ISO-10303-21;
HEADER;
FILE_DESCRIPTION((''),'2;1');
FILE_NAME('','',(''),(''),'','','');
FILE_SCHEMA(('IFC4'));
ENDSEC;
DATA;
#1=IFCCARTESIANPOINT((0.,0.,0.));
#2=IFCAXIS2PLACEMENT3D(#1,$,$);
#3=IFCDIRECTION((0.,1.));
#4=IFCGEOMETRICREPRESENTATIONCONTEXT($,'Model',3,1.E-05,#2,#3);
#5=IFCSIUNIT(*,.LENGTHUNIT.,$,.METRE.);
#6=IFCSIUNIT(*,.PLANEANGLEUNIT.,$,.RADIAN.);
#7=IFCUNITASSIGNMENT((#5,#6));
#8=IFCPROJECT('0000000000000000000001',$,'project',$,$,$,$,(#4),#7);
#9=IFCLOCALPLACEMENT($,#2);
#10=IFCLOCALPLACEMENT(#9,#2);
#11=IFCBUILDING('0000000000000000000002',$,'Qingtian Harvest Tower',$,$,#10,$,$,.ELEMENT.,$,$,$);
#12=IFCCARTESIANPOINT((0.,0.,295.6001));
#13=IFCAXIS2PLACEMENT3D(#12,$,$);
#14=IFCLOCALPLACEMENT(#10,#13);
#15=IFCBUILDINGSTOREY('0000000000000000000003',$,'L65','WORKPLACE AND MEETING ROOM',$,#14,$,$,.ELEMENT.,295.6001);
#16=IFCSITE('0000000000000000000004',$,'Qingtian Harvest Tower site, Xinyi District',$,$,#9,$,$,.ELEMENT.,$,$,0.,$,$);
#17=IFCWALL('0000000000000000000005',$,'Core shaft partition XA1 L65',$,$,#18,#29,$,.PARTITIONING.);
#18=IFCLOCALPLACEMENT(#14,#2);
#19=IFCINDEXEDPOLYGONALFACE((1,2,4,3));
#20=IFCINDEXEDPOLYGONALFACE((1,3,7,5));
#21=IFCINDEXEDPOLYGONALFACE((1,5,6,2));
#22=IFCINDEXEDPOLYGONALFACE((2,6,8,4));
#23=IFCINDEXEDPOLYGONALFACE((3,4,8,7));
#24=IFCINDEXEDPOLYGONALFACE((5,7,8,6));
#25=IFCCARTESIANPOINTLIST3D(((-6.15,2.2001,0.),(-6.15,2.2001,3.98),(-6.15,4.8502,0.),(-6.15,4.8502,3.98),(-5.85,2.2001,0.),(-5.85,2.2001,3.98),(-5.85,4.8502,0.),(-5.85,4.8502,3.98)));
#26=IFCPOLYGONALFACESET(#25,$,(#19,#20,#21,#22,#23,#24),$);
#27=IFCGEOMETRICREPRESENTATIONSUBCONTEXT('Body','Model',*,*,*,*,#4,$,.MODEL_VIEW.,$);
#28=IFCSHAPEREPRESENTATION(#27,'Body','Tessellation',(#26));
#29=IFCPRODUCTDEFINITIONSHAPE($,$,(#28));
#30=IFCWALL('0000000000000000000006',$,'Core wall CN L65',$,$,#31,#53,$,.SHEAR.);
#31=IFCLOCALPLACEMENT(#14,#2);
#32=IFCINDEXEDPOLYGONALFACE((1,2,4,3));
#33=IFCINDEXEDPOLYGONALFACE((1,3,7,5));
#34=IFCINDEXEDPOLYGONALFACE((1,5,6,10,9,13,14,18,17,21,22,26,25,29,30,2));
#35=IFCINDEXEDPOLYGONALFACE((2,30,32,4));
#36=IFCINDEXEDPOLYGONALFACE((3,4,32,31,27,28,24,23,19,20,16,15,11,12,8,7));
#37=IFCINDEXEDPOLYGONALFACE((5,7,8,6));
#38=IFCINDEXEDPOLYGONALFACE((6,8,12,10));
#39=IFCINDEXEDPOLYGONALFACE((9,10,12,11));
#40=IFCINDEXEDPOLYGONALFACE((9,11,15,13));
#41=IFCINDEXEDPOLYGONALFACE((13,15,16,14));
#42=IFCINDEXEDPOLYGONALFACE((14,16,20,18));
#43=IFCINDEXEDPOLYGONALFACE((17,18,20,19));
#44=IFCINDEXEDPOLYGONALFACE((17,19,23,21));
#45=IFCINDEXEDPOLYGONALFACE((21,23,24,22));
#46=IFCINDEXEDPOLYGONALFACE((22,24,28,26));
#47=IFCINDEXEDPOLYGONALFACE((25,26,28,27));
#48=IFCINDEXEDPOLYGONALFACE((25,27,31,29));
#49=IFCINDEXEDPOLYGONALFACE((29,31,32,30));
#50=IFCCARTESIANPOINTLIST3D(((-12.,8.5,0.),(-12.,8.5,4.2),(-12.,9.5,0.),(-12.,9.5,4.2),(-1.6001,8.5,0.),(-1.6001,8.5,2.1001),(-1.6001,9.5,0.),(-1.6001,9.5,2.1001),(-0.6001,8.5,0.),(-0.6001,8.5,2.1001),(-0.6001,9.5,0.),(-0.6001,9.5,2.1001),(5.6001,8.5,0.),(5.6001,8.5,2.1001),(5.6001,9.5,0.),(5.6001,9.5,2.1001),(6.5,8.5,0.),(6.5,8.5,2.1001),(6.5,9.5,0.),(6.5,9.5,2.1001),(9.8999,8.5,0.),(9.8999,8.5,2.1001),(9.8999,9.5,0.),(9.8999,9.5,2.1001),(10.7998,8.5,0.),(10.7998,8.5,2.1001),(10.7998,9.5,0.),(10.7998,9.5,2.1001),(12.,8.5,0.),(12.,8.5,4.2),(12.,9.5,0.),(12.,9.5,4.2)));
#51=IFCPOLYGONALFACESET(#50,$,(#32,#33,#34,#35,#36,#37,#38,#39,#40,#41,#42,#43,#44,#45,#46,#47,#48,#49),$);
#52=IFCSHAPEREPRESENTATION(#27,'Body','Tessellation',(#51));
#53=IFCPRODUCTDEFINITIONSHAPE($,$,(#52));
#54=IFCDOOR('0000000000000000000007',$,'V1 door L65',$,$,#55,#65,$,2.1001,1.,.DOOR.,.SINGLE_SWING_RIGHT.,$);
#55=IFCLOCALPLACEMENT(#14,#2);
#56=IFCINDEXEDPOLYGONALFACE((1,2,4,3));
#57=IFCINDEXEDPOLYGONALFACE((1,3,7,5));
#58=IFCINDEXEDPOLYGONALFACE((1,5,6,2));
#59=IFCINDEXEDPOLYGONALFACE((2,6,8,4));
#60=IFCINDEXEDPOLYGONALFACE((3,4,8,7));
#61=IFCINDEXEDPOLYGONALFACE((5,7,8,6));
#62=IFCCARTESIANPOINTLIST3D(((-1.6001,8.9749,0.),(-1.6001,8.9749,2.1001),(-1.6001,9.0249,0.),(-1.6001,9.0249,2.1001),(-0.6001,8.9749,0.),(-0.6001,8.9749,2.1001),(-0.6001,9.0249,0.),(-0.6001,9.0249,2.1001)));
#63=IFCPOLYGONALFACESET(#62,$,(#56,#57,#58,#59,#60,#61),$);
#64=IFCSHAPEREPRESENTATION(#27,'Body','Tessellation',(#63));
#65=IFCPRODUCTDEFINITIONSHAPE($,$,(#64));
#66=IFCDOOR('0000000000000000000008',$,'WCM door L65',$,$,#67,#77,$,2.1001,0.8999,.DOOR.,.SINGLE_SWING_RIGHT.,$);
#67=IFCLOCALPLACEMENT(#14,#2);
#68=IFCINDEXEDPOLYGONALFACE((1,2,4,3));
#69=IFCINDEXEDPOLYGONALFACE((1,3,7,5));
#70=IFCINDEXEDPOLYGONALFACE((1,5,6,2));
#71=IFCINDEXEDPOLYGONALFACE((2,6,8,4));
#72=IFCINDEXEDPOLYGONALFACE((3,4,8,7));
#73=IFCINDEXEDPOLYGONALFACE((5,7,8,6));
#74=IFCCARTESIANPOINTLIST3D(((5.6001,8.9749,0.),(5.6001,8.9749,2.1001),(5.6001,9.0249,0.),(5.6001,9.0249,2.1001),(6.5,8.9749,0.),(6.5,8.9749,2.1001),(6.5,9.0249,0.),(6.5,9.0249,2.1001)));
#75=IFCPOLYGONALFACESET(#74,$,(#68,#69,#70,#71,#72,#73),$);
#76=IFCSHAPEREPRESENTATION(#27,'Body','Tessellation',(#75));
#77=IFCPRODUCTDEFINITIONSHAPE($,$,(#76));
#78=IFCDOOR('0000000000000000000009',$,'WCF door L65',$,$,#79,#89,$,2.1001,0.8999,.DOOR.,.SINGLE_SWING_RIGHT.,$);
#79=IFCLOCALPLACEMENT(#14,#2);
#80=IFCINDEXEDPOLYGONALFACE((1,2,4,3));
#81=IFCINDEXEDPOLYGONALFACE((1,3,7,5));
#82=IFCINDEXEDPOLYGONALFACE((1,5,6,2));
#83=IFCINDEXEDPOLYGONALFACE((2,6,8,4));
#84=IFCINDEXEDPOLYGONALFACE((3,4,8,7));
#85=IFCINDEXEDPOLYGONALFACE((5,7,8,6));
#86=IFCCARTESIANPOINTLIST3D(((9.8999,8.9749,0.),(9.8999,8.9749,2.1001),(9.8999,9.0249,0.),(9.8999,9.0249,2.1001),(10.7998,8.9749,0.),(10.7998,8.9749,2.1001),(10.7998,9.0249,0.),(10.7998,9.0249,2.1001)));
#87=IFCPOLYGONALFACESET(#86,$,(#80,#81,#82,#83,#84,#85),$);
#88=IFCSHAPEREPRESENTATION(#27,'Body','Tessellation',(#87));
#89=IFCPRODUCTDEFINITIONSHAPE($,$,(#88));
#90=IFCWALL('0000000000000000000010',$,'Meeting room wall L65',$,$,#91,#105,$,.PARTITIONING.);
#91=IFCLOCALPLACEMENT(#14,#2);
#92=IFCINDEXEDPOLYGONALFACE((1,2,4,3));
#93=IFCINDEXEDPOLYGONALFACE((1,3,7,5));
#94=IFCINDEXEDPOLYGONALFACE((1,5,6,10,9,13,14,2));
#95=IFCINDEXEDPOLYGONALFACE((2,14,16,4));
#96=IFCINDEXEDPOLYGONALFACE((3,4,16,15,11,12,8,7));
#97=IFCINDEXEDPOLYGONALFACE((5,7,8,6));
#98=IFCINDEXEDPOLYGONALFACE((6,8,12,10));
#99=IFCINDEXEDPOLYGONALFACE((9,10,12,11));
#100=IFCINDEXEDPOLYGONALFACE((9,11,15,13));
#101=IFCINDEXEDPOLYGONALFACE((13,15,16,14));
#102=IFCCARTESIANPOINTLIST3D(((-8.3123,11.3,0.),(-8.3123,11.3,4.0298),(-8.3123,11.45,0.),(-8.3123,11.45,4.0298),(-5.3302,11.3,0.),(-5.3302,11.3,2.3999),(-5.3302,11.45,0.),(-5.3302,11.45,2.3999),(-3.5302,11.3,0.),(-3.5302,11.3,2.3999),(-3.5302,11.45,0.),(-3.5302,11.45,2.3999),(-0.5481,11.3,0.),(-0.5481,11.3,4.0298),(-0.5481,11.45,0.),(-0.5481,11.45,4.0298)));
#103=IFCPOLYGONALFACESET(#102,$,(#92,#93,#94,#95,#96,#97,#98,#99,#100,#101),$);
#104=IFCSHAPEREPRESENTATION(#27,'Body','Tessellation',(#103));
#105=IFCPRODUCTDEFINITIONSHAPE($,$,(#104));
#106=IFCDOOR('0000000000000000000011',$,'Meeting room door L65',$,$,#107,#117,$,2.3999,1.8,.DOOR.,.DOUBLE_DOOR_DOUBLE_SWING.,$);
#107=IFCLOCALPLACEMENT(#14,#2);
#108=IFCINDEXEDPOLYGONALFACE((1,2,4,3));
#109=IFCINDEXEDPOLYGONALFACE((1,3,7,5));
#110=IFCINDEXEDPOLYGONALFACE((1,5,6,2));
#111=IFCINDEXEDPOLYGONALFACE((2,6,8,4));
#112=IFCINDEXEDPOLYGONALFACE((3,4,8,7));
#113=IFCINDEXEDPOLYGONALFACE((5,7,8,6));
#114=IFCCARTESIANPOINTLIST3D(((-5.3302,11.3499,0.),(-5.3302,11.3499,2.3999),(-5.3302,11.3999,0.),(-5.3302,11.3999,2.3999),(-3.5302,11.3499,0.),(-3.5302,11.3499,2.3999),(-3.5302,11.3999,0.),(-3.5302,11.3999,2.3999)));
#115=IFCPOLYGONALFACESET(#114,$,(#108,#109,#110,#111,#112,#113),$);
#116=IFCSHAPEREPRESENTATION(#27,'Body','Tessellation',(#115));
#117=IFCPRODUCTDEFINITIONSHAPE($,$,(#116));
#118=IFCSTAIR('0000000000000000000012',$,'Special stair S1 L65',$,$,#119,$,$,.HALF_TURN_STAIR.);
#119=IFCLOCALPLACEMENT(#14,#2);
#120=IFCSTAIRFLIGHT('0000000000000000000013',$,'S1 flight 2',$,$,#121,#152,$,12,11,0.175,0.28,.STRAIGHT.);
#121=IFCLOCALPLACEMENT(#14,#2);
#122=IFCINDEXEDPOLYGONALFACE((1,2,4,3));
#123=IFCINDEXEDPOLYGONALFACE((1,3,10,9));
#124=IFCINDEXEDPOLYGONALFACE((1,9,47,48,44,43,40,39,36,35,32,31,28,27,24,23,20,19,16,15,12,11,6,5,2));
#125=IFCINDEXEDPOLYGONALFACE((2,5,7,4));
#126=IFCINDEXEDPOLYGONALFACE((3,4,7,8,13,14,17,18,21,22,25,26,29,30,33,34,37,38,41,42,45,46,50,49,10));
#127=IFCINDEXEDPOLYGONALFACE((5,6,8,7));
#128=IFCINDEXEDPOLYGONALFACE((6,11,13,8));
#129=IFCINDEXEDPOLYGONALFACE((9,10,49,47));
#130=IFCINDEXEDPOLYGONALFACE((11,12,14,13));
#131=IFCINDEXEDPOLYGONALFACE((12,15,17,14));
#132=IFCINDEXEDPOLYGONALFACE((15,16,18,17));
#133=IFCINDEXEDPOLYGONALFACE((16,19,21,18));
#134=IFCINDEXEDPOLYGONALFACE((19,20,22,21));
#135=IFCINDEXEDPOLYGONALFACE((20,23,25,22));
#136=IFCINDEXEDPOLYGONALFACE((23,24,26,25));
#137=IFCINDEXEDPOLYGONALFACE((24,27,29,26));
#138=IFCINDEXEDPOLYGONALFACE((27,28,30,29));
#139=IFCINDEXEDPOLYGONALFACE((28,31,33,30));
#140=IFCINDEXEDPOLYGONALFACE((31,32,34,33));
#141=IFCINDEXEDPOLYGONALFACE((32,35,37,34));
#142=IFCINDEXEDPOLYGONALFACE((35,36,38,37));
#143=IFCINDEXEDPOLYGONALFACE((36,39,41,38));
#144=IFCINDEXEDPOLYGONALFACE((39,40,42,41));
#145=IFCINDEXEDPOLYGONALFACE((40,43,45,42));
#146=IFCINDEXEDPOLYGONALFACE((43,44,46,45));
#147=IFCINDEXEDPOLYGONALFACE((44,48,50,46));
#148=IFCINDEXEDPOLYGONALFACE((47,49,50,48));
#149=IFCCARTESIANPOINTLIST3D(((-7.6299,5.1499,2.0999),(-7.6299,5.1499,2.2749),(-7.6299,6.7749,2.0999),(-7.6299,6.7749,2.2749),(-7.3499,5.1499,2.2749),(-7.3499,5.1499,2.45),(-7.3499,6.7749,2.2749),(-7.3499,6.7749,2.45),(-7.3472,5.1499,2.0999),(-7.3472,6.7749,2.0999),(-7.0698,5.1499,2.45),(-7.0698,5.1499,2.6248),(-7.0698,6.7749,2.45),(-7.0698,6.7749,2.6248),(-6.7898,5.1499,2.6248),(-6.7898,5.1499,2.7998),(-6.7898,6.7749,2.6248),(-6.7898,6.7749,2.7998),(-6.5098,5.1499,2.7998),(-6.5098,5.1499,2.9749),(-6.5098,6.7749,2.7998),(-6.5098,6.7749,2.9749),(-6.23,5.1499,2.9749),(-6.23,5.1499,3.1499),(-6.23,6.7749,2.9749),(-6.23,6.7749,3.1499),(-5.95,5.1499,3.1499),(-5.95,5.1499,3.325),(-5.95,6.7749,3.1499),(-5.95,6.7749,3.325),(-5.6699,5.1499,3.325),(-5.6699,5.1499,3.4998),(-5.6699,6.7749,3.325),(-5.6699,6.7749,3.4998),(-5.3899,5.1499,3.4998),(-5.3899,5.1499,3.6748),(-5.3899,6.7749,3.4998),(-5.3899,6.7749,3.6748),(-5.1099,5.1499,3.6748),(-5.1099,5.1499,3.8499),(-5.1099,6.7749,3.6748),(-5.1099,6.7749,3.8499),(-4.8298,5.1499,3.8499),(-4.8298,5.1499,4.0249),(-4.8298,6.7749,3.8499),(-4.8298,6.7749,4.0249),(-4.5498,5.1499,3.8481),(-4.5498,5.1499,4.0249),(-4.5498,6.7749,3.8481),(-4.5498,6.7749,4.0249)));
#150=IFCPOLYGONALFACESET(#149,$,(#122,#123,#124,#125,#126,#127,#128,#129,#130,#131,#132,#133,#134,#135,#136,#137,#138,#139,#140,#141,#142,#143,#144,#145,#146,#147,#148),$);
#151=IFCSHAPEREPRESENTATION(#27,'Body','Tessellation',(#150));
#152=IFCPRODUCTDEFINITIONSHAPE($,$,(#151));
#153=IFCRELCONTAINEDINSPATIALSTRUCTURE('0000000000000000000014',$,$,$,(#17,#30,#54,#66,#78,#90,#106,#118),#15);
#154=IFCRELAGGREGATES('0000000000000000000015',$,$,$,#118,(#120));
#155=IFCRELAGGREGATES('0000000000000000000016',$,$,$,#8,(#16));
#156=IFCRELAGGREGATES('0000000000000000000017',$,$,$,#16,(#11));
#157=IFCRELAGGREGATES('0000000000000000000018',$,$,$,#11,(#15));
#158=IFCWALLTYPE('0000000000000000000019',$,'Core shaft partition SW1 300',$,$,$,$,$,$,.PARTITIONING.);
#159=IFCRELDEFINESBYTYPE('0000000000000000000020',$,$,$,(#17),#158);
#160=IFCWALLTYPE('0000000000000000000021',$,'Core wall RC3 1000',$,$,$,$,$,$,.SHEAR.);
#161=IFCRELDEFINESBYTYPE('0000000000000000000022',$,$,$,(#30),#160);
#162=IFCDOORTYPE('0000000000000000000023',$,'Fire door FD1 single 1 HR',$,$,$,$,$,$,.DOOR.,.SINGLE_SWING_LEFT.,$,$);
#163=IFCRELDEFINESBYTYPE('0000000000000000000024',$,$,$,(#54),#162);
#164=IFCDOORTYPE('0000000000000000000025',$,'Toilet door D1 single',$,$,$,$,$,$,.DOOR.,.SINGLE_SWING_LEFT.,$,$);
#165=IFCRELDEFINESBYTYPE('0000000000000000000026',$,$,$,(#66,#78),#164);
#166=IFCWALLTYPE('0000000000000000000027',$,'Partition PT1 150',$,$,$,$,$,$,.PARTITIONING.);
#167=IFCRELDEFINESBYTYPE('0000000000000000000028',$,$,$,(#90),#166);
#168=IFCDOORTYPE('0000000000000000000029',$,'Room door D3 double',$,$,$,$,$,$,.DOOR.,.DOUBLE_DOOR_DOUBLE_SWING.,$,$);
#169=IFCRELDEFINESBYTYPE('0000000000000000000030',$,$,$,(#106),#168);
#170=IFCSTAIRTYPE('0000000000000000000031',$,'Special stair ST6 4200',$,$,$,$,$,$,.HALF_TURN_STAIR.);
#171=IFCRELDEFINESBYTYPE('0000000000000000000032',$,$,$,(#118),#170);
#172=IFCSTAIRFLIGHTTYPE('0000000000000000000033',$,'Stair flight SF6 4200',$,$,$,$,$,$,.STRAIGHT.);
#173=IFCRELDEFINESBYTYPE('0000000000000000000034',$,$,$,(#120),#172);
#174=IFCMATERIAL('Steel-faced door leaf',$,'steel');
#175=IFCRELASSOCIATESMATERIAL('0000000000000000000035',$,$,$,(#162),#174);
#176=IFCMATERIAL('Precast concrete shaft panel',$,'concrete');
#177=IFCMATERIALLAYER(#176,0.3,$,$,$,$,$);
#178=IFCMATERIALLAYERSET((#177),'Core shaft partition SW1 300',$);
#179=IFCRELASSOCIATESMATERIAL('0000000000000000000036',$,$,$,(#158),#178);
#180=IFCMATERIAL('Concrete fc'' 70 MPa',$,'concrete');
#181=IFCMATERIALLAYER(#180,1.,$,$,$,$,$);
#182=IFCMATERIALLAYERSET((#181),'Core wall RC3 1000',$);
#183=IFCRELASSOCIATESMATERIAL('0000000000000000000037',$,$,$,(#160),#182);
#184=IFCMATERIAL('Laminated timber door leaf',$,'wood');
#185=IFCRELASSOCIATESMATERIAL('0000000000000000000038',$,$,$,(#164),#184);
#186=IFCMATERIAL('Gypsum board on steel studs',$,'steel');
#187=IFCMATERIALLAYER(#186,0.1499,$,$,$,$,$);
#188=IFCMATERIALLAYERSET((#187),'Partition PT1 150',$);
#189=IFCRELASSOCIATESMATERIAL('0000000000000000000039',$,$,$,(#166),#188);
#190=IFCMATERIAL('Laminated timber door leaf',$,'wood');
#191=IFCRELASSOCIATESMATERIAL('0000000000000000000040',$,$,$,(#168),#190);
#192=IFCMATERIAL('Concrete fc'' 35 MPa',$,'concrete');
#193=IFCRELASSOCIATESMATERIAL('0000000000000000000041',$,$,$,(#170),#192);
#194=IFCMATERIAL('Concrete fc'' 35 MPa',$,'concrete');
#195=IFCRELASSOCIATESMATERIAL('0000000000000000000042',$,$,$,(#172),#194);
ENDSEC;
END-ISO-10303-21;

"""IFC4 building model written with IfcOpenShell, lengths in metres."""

from ifc_helpers import new_model, si_unit, direction, frame, frame_2d, origin, place, context, subcontext, project, spatial, polyline, rectangle, outline, extrude, material, layer, layer_set, type_object, element, fill, aggregate, save


model = new_model("IFC4")

# Units and contexts
model_context = context("Model", 3, precision=1e-05, world=origin(), true_north=direction((0.0, 1.0)))
body_context = subcontext(model_context, "Body", "Model", "MODEL_VIEW")
ifc_project = project(units=[si_unit("LENGTHUNIT", "METRE"), si_unit("PLANEANGLEUNIT", "RADIAN")], contexts=[model_context])

# Site, building, storey
site_placement = place(None, origin())
site = spatial("IfcSite", under=ifc_project, at=site_placement, Name="Qingtian Harvest Tower site, Xinyi District", CompositionType="ELEMENT", RefElevation=0.0)
building_placement = place(site_placement, origin())
building = spatial("IfcBuilding", under=site, at=building_placement, Name="Qingtian Harvest Tower", CompositionType="ELEMENT")
storey_placement = place(building_placement, frame((0.0, 0.0, 295.6001)))
storey = spatial("IfcBuildingStorey", under=building, at=storey_placement, Name="L65", Description="WORKPLACE AND MEETING ROOM", CompositionType="ELEMENT", Elevation=295.6001)

# Shared definitions
ifc_material_1 = material(Name="Steel-faced door leaf", Category="steel")
door_type_1 = type_object("IfcDoorType", Name="Fire door FD1 single 1 HR", OperationType="SINGLE_SWING_LEFT", PredefinedType="DOOR", material=ifc_material_1)

# Wall
ifc_material_2 = material(Name="Precast concrete shaft panel", Category="concrete")
ifc_layer_1 = layer(ifc_material_2, 0.3)
ifc_layer_set_1 = layer_set([ifc_layer_1], Name="Core shaft partition SW1 300")
wall_type_1 = type_object("IfcWallType", Name="Core shaft partition SW1 300", PredefinedType="PARTITIONING", material=ifc_layer_set_1)
wall_1_placement = place(storey_placement, frame((-6.0, 2.2, 0.0), z_axis=(0.0, 0.0, 1.0), x_axis=(0.0, 1.0, 0.0)))
element("IfcWall", 1, at=wall_1_placement, inside=storey, type_object=wall_type_1, Name="Core shaft partition XA1 L65", PredefinedType="PARTITIONING", context=body_context, shape_type="SweptSolid", body=[
    extrude(rectangle(XDim=2.6501, YDim=0.3, at=frame_2d((1.3252, 0.0))), origin(), (0.0, 0.0, 1.0), 3.98),
])

# Wall, openings, doors
ifc_material_3 = material(Name="Concrete fc' 70 MPa", Category="concrete")
ifc_layer_2 = layer(ifc_material_3, 1.0)
ifc_layer_set_2 = layer_set([ifc_layer_2], Name="Core wall RC3 1000")
wall_type_2 = type_object("IfcWallType", Name="Core wall RC3 1000", PredefinedType="SHEAR", material=ifc_layer_set_2)
wall_2_placement = place(storey_placement, frame((-12.0, 9.0, 0.0), z_axis=(0.0, 0.0, 1.0), x_axis=(1.0, 0.0, 0.0)))
wall_2 = element("IfcWall", 2, at=wall_2_placement, inside=storey, type_object=wall_type_2, Name="Core wall CN L65", PredefinedType="SHEAR", context=body_context, shape_type="SweptSolid", body=[
    extrude(rectangle(XDim=24.0, YDim=1.0, at=frame_2d((12.0, 0.0))), origin(), (0.0, 0.0, 1.0), 4.2),
])
opening_1_placement = place(wall_2_placement, frame((10.3999, 0.0, 0.0)))
opening_1 = element("IfcOpeningElement", 3, at=opening_1_placement, cuts=wall_2, PredefinedType="OPENING", context=body_context, shape_type="SweptSolid", body=[
    extrude(rectangle(XDim=1.0, YDim=2.1001, at=frame_2d((0.5, 1.05))), frame((0.0, 0.51, 0.0), z_axis=(0.0, -1.0, 0.0), x_axis=(1.0, 0.0, 0.0)), (0.0, 0.0, 1.0), 1.02),
])
opening_2_placement = place(wall_2_placement, frame((17.6001, 0.0, 0.0)))
opening_2 = element("IfcOpeningElement", 4, at=opening_2_placement, cuts=wall_2, PredefinedType="OPENING", context=body_context, shape_type="SweptSolid", body=[
    extrude(rectangle(XDim=0.8999, YDim=2.1001, at=frame_2d((0.45, 1.05))), frame((0.0, 0.51, 0.0), z_axis=(0.0, -1.0, 0.0), x_axis=(1.0, 0.0, 0.0)), (0.0, 0.0, 1.0), 1.02),
])
opening_3_placement = place(wall_2_placement, frame((21.8999, 0.0, 0.0)))
opening_3 = element("IfcOpeningElement", 5, at=opening_3_placement, cuts=wall_2, PredefinedType="OPENING", context=body_context, shape_type="SweptSolid", body=[
    extrude(rectangle(XDim=0.8999, YDim=2.1001, at=frame_2d((0.45, 1.05))), frame((0.0, 0.51, 0.0), z_axis=(0.0, -1.0, 0.0), x_axis=(1.0, 0.0, 0.0)), (0.0, 0.0, 1.0), 1.02),
])
door_1_placement = place(opening_1_placement, origin())
door_1 = element("IfcDoor", 6, at=door_1_placement, inside=storey, type_object=door_type_1, Name="V1 door L65", OperationType="SINGLE_SWING_RIGHT", OverallHeight=2.1001, OverallWidth=1.0, PredefinedType="DOOR", context=body_context, shape_type="SweptSolid", body=[
    extrude(rectangle(XDim=1.0, YDim=2.1001, at=frame_2d((0.5, 1.05))), frame((0.0, 0.0249, 0.0), z_axis=(0.0, -1.0, 0.0), x_axis=(1.0, 0.0, 0.0)), (0.0, 0.0, 1.0), 0.05),
])
fill(opening_1, door_1)
ifc_material_4 = material(Name="Laminated timber door leaf", Category="wood")
door_type_2 = type_object("IfcDoorType", Name="Toilet door D1 single", OperationType="SINGLE_SWING_LEFT", PredefinedType="DOOR", material=ifc_material_4)
door_2_placement = place(opening_2_placement, origin())
door_2 = element("IfcDoor", 7, at=door_2_placement, inside=storey, type_object=door_type_2, Name="WCM door L65", OperationType="SINGLE_SWING_RIGHT", OverallHeight=2.1001, OverallWidth=0.8999, PredefinedType="DOOR", context=body_context, shape_type="SweptSolid", body=[
    extrude(rectangle(XDim=0.8999, YDim=2.1001, at=frame_2d((0.45, 1.05))), frame((0.0, 0.0249, 0.0), z_axis=(0.0, -1.0, 0.0), x_axis=(1.0, 0.0, 0.0)), (0.0, 0.0, 1.0), 0.05),
])
fill(opening_2, door_2)
door_3_placement = place(opening_3_placement, origin())
door_3 = element("IfcDoor", 8, at=door_3_placement, inside=storey, type_object=door_type_2, Name="WCF door L65", OperationType="SINGLE_SWING_RIGHT", OverallHeight=2.1001, OverallWidth=0.8999, PredefinedType="DOOR", context=body_context, shape_type="SweptSolid", body=[
    extrude(rectangle(XDim=0.8999, YDim=2.1001, at=frame_2d((0.45, 1.05))), frame((0.0, 0.0249, 0.0), z_axis=(0.0, -1.0, 0.0), x_axis=(1.0, 0.0, 0.0)), (0.0, 0.0, 1.0), 0.05),
])
fill(opening_3, door_3)

# Wall, opening, door
ifc_material_5 = material(Name="Gypsum board on steel studs", Category="steel")
ifc_layer_3 = layer(ifc_material_5, 0.1499)
ifc_layer_set_3 = layer_set([ifc_layer_3], Name="Partition PT1 150")
wall_type_3 = type_object("IfcWallType", Name="Partition PT1 150", PredefinedType="PARTITIONING", material=ifc_layer_set_3)
wall_3_placement = place(storey_placement, frame((-8.3123, 11.375, 0.0), z_axis=(0.0, 0.0, 1.0), x_axis=(1.0, 0.0, 0.0)))
wall_3 = element("IfcWall", 9, at=wall_3_placement, inside=storey, type_object=wall_type_3, Name="Meeting room wall L65", PredefinedType="PARTITIONING", context=body_context, shape_type="SweptSolid", body=[
    extrude(rectangle(XDim=7.7642, YDim=0.1499, at=frame_2d((3.8821, 0.0))), origin(), (0.0, 0.0, 1.0), 4.0298),
])
opening_4_placement = place(wall_3_placement, frame((2.9822, 0.0, 0.0)))
opening_4 = element("IfcOpeningElement", 10, at=opening_4_placement, cuts=wall_3, PredefinedType="OPENING", context=body_context, shape_type="SweptSolid", body=[
    extrude(rectangle(XDim=1.8, YDim=2.3999, at=frame_2d((0.8999, 1.2))), frame((0.0, 0.085, 0.0), z_axis=(0.0, -1.0, 0.0), x_axis=(1.0, 0.0, 0.0)), (0.0, 0.0, 1.0), 0.1699),
])
ifc_material_6 = material(Name="Laminated timber door leaf", Category="wood")
door_type_3 = type_object("IfcDoorType", Name="Room door D3 double", OperationType="DOUBLE_DOOR_DOUBLE_SWING", PredefinedType="DOOR", material=ifc_material_6)
door_4_placement = place(opening_4_placement, origin())
door_4 = element("IfcDoor", 11, at=door_4_placement, inside=storey, type_object=door_type_3, Name="Meeting room door L65", OperationType="DOUBLE_DOOR_DOUBLE_SWING", OverallHeight=2.3999, OverallWidth=1.8, PredefinedType="DOOR", context=body_context, shape_type="SweptSolid", body=[
    extrude(rectangle(XDim=1.8, YDim=2.3999, at=frame_2d((0.8999, 1.2))), frame((0.0, 0.0249, 0.0), z_axis=(0.0, -1.0, 0.0), x_axis=(1.0, 0.0, 0.0)), (0.0, 0.0, 1.0), 0.05),
])
fill(opening_4, door_4)

# Stair, stair flight
ifc_material_7 = material(Name="Concrete fc' 35 MPa", Category="concrete")
stair_type = type_object("IfcStairType", Name="Special stair ST6 4200", PredefinedType="HALF_TURN_STAIR", material=ifc_material_7)
stair_placement = place(storey_placement, origin())
stair = element("IfcStair", 12, at=stair_placement, inside=storey, type_object=stair_type, Name="Special stair S1 L65", PredefinedType="HALF_TURN_STAIR")
ifc_material_8 = material(Name="Concrete fc' 35 MPa", Category="concrete")
stair_flight_type = type_object("IfcStairFlightType", Name="Stair flight SF6 4200", PredefinedType="STRAIGHT", material=ifc_material_8)
stair_flight_placement = place(storey_placement, frame((-7.6299, 5.9624, 2.0999), z_axis=(0.0, 0.0, 1.0), x_axis=(1.0, 0.0, 0.0)))
stair_flight = element("IfcStairFlight", 13, at=stair_flight_placement, type_object=stair_flight_type, Name="S1 flight 2", NumberOfRisers=12, NumberOfTreads=11, PredefinedType="STRAIGHT", RiserHeight=0.175, TreadLength=0.28, context=body_context, shape_type="SweptSolid", body=[
    extrude(outline(polyline([(0.0, 0.0), (0.0, 0.175), (0.28, 0.175), (0.28, 0.3501), (0.5601, 0.3501), (0.5601, 0.5249), (0.8401, 0.5249), (0.8401, 0.7), (1.1201, 0.7), (1.1201, 0.875), (1.3999, 0.875), (1.3999, 1.05), (1.6799, 1.05), (1.6799, 1.2251), (1.96, 1.2251), (1.96, 1.3999), (2.24, 1.3999), (2.24, 1.575), (2.52, 1.575), (2.52, 1.75), (2.8, 1.75), (2.8, 1.925), (3.0801, 1.925), (3.0801, 2.1001), (3.0801, 1.7483), (0.2827, 0.0), (0.0, 0.0)])), frame((0.0, 0.8125, 0.0), z_axis=(0.0, -1.0, 0.0), x_axis=(1.0, 0.0, 0.0)), (0.0, 0.0, 1.0), 1.625),
])
aggregate(stair, [stair_flight])

save(model, "model.ifc")
